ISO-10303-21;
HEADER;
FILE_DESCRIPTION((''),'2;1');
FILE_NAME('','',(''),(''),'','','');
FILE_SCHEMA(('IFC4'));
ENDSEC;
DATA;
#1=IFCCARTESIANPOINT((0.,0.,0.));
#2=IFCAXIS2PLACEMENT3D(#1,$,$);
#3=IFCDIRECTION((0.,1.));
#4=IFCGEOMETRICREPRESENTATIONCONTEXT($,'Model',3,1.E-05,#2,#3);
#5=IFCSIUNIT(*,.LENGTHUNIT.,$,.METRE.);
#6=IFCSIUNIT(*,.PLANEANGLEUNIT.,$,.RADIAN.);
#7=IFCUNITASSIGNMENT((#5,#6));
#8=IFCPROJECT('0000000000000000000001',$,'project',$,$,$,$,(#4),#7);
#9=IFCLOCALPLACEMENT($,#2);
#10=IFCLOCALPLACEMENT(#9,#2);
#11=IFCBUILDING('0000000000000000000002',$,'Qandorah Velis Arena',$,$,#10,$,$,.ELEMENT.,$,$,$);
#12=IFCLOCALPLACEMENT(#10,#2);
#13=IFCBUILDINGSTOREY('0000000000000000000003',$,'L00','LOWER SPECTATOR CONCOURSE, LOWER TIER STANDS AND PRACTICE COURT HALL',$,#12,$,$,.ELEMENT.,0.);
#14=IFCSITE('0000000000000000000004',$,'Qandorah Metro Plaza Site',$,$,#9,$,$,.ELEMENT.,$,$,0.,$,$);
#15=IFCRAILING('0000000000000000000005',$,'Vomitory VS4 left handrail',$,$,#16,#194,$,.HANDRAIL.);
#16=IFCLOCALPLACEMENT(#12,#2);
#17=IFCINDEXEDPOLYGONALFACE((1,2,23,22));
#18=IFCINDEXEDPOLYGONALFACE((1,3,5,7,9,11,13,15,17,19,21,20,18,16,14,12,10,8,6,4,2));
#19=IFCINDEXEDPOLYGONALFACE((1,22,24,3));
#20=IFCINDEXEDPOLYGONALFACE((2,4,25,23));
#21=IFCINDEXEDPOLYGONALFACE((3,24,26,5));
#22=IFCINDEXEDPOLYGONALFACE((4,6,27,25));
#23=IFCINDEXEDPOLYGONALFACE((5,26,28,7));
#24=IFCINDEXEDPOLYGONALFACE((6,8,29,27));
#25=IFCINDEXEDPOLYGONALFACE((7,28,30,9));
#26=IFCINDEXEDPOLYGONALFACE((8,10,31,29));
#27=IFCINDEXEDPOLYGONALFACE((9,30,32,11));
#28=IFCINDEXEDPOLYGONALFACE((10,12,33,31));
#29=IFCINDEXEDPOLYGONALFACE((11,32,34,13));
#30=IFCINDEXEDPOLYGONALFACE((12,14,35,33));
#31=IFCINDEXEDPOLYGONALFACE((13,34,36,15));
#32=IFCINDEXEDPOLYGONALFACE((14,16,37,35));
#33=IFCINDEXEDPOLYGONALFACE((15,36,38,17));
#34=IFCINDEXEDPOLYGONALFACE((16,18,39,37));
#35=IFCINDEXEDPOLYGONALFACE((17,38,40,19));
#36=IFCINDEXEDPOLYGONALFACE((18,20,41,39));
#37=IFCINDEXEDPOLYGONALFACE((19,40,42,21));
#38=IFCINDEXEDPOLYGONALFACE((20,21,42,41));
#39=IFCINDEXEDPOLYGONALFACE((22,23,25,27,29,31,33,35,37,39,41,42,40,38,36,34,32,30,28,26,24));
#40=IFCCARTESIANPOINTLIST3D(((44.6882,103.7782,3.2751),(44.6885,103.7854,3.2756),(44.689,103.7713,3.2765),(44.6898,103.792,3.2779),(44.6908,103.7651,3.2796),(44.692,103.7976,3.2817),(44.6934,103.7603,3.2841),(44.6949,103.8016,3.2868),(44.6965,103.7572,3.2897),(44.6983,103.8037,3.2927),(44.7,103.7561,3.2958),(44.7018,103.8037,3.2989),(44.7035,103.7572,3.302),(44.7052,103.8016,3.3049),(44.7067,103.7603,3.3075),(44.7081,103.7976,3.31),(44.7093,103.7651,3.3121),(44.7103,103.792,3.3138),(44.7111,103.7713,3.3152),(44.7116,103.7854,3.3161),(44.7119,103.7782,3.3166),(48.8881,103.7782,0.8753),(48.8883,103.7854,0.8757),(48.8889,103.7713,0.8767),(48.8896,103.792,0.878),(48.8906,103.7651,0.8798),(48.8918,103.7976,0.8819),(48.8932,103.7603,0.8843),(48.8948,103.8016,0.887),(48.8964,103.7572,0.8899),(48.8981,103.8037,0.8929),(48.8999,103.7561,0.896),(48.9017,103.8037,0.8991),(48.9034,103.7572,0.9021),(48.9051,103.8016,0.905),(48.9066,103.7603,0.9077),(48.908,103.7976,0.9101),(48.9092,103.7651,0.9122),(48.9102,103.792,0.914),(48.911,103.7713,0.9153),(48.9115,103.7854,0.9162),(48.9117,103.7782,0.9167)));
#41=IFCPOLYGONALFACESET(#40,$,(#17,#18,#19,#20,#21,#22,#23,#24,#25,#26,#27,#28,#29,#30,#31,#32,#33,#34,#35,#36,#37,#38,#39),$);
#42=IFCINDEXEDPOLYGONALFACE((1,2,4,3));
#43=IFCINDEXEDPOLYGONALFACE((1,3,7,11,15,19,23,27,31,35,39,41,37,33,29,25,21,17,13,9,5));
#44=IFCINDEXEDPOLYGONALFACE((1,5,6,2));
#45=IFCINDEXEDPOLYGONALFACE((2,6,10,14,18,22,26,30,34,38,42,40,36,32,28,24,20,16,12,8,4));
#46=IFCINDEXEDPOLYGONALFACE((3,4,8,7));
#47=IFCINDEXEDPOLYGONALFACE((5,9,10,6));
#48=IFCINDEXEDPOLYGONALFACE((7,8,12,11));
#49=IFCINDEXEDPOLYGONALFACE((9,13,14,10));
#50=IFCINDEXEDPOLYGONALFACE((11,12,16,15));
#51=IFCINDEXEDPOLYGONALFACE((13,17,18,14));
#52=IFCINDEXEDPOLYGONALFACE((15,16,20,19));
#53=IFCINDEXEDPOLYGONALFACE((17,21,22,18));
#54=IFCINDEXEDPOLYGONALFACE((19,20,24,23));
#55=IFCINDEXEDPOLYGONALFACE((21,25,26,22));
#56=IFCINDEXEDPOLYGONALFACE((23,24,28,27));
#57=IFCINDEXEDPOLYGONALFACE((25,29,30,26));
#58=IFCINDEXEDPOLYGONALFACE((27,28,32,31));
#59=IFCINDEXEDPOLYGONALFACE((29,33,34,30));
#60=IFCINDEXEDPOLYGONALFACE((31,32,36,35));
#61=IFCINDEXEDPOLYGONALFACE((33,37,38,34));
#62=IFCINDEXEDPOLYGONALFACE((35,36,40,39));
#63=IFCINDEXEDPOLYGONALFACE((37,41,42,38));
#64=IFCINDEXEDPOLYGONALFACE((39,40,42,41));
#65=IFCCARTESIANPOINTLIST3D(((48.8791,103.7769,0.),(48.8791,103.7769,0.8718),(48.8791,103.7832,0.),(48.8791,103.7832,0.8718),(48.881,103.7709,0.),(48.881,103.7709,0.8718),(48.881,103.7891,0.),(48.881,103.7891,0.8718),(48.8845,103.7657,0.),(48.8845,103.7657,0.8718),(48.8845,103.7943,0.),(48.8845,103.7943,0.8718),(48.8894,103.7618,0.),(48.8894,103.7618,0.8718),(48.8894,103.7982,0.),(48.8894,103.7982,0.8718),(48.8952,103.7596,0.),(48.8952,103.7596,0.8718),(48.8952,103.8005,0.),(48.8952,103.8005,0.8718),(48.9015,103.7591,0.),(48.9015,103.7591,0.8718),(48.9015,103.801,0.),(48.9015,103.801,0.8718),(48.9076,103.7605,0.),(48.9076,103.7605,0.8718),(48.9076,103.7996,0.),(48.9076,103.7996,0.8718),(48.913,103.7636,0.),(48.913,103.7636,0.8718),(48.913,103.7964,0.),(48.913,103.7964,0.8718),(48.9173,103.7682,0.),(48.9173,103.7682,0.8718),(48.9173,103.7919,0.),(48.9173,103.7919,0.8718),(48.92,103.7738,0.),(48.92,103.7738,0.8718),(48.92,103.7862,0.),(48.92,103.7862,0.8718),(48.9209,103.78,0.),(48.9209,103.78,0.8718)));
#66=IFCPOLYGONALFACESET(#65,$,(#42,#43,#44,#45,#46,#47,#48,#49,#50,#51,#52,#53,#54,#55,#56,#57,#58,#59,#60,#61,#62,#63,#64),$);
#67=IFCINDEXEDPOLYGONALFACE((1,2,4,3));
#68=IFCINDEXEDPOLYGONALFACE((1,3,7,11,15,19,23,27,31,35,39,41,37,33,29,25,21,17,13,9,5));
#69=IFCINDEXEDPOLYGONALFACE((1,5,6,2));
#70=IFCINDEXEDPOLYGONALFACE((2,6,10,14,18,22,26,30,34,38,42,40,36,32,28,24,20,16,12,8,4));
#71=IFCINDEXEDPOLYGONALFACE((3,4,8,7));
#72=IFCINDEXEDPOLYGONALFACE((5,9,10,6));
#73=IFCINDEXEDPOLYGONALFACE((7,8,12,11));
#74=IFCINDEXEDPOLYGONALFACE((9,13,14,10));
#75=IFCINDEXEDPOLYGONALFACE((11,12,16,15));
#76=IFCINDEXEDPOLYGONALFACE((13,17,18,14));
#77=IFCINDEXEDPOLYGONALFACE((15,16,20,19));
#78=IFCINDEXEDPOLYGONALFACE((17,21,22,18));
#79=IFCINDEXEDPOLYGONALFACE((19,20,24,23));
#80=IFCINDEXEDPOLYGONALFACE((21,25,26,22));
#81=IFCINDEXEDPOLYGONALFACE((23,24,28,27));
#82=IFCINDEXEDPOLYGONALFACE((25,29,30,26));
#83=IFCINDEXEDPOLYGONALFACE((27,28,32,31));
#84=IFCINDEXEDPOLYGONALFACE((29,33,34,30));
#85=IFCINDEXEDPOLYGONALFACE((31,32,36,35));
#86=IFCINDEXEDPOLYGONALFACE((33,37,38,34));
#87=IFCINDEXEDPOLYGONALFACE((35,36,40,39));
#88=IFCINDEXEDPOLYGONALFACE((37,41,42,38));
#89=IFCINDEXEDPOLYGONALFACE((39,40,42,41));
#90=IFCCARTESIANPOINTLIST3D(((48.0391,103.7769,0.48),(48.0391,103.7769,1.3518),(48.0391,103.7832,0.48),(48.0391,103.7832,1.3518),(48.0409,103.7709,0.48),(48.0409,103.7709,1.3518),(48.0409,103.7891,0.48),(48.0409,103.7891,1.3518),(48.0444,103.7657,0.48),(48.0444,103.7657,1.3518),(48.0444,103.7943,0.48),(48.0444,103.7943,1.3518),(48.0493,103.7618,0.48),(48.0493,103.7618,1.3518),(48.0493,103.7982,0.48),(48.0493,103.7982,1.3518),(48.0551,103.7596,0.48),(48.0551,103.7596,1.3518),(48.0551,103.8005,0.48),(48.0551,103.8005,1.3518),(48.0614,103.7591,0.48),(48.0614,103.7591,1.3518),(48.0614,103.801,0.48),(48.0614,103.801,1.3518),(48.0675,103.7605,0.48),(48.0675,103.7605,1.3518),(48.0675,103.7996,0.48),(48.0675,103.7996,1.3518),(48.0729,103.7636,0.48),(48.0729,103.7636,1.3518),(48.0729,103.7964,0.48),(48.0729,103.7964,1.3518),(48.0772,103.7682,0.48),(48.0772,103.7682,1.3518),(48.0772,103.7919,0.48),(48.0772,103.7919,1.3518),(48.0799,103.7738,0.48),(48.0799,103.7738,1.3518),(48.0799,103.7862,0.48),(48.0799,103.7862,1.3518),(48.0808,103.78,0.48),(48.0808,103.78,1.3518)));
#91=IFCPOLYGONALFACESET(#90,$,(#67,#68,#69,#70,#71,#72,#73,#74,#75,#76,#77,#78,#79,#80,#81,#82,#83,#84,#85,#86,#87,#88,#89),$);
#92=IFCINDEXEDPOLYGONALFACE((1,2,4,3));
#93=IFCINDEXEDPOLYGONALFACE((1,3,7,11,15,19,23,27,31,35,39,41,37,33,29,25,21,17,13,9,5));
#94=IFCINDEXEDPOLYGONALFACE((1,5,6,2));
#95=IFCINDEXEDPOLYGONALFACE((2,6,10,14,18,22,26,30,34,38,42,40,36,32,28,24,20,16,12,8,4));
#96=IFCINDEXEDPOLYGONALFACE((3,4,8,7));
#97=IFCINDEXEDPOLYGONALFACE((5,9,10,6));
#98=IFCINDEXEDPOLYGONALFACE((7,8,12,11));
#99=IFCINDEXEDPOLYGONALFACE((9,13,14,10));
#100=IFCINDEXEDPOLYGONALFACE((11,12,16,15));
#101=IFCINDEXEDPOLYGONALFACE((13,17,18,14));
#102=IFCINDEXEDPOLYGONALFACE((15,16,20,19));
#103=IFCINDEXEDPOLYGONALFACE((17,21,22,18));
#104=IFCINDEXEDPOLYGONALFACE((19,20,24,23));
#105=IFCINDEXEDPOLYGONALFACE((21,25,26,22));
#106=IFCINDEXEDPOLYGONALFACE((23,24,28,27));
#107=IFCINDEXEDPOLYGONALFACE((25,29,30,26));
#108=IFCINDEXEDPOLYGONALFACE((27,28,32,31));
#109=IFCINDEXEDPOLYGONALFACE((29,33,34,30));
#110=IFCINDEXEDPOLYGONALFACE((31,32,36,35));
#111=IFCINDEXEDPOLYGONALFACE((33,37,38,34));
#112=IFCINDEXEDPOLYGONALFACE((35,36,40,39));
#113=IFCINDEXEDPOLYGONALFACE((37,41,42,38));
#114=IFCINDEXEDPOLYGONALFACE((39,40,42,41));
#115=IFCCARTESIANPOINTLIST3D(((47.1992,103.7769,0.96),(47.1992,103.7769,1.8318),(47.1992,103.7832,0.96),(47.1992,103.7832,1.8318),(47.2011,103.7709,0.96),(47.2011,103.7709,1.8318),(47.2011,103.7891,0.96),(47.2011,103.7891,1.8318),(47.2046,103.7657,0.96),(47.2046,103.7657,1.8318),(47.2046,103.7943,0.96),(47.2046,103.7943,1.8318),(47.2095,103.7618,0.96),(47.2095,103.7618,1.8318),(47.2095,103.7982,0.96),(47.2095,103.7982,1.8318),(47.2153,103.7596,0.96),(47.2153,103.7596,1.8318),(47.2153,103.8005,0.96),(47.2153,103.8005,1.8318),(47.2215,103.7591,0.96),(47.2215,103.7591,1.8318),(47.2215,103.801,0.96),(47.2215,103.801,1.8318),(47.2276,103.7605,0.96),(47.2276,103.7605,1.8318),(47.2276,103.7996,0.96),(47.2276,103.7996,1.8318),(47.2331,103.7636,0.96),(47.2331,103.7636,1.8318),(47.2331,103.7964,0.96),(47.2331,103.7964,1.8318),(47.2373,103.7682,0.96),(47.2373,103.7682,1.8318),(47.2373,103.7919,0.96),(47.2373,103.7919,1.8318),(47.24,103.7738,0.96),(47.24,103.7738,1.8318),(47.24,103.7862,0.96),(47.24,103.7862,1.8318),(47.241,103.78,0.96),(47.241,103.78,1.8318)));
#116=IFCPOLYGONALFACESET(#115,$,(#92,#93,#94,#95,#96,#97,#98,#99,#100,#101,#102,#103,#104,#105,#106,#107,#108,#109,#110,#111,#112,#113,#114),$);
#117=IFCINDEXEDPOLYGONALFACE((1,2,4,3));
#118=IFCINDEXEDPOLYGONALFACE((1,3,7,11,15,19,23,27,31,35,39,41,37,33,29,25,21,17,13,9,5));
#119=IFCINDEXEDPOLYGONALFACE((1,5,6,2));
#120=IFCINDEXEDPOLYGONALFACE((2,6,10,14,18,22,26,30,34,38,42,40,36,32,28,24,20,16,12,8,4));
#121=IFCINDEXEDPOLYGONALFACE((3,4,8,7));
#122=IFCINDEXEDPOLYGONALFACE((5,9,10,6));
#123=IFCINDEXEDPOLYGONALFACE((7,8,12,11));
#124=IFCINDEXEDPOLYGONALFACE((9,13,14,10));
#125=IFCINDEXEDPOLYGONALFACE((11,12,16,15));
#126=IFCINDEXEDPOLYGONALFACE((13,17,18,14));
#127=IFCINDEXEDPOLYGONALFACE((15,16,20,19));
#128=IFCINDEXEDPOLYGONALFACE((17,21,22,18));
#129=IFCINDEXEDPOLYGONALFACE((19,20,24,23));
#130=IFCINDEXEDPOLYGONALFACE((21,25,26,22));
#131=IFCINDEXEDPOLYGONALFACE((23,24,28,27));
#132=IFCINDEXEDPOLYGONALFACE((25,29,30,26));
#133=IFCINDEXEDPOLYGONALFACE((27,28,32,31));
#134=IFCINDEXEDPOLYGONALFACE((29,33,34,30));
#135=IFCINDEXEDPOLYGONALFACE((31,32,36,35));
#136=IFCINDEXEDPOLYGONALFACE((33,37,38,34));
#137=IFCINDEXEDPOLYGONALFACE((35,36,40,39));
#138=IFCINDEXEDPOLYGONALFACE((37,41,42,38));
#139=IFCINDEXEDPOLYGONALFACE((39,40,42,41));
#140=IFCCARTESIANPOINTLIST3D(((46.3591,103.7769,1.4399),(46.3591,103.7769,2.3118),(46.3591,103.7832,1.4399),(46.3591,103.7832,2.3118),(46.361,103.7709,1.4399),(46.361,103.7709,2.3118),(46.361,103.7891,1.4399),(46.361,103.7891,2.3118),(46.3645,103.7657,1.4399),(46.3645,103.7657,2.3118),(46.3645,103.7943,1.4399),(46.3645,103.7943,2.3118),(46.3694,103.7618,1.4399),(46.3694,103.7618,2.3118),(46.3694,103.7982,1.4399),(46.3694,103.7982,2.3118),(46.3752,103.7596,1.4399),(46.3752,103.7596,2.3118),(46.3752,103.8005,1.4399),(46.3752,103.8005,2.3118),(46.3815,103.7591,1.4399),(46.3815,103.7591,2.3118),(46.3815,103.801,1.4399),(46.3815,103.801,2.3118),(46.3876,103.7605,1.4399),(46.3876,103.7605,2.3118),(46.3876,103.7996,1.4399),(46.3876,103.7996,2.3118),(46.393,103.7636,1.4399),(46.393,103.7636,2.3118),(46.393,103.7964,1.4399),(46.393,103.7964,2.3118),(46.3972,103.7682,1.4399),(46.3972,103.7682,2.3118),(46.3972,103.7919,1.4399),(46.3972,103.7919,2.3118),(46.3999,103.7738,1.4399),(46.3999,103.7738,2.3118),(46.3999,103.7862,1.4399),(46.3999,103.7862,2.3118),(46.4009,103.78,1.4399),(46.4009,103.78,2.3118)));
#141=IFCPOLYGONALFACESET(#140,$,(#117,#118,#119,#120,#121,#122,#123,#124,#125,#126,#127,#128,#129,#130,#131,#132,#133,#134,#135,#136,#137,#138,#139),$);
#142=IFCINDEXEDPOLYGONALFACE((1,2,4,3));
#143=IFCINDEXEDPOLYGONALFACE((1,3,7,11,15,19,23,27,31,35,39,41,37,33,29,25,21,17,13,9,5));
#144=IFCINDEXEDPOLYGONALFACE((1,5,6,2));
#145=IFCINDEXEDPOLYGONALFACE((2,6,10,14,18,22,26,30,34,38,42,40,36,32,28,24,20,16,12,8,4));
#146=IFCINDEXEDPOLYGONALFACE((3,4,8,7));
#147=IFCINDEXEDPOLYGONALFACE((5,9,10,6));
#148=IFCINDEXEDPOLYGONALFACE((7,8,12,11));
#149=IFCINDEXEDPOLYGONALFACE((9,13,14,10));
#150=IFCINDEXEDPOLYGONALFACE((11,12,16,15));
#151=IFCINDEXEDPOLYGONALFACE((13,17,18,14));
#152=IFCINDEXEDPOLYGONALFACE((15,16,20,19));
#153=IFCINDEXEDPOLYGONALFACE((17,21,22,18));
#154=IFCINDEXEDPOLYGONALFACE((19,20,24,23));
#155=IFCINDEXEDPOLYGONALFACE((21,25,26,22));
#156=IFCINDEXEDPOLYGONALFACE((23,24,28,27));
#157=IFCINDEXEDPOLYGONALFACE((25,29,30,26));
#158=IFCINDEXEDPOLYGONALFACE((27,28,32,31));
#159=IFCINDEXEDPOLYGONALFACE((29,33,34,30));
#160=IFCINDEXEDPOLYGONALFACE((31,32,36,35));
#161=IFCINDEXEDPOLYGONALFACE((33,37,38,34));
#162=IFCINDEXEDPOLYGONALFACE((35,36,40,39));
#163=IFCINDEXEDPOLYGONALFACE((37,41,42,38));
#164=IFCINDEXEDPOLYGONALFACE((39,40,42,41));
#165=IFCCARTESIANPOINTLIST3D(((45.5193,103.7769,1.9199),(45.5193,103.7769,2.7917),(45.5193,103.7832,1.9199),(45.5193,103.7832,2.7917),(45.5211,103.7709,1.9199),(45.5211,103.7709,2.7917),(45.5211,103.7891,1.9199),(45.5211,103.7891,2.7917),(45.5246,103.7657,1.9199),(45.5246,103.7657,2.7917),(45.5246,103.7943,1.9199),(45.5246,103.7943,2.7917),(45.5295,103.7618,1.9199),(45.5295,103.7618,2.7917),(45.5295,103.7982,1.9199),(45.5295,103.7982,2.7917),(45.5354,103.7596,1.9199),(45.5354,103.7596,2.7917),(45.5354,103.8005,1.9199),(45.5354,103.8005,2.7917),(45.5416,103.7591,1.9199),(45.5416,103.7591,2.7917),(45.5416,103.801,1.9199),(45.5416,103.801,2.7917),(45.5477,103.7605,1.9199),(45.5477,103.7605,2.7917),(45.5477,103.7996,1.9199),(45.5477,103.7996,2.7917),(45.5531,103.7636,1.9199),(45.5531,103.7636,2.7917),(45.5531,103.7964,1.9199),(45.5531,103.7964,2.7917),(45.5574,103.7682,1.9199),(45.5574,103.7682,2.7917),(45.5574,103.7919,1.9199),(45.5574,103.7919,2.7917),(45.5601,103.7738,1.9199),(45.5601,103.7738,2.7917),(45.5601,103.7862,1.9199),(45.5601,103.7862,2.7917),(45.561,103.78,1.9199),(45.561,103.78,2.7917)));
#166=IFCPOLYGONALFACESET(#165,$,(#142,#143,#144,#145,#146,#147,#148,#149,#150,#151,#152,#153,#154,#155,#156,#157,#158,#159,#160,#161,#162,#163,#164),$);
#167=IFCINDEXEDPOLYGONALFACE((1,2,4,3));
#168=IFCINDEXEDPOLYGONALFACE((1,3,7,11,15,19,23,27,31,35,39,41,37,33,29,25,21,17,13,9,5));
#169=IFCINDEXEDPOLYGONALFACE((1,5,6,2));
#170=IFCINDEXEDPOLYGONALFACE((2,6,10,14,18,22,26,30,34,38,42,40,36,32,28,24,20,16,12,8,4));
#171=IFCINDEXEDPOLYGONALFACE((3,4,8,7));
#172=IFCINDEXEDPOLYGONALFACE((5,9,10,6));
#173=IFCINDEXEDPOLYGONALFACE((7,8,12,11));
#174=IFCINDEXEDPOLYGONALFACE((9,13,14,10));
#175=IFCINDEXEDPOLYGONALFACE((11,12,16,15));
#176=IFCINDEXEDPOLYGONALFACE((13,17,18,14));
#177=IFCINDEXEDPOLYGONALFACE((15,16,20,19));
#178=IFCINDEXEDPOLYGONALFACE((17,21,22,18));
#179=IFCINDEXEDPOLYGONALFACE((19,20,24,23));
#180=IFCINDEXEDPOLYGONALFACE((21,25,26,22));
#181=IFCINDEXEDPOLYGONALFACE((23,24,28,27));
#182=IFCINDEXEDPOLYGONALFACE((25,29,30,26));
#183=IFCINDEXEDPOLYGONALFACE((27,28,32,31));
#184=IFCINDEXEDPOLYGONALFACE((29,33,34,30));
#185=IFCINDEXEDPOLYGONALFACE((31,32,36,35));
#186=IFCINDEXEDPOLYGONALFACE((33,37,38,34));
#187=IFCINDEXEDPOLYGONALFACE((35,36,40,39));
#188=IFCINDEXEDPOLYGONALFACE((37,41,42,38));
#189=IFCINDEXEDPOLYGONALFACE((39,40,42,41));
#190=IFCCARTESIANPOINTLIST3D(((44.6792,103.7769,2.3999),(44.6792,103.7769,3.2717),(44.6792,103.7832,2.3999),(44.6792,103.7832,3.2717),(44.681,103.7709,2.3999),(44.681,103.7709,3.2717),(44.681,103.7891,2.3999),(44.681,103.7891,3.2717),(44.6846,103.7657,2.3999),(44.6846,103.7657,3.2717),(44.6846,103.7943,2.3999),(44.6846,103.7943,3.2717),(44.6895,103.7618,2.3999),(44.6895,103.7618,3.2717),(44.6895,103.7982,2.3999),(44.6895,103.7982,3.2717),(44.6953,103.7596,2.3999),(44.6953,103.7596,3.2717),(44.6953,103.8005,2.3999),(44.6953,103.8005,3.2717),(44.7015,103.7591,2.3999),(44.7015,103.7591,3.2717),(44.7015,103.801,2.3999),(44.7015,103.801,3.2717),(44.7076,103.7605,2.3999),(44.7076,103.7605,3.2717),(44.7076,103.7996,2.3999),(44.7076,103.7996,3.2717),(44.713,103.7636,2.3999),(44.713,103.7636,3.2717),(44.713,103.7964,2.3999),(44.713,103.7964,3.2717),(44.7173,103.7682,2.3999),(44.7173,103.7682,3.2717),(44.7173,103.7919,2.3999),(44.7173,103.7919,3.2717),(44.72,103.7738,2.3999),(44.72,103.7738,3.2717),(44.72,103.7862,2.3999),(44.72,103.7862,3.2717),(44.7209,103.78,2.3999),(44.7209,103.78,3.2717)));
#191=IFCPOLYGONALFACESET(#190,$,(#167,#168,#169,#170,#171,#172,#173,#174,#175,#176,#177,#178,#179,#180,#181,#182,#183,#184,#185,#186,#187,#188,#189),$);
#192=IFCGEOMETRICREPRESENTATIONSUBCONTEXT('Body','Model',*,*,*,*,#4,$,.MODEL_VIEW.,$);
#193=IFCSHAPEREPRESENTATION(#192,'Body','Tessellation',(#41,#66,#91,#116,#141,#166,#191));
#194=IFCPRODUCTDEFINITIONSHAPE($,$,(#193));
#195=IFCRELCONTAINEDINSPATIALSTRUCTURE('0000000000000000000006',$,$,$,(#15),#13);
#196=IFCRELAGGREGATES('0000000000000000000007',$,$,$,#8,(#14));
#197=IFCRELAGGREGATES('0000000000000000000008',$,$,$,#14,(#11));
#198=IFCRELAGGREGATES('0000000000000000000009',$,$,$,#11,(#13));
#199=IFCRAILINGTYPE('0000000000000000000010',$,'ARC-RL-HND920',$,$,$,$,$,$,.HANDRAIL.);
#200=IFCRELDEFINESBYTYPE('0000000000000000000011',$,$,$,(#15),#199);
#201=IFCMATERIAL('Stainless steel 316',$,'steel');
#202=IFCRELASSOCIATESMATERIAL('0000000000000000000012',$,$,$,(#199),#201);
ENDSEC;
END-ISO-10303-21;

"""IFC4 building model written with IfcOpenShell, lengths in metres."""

from ifc_helpers import new_model, si_unit, direction, frame, origin, origin_2d, place, context, subcontext, project, spatial, circle, extrude, material, type_object, element, save


model = new_model("IFC4")

# Units and contexts
model_context = context("Model", 3, precision=1e-05, world=origin(), true_north=direction((0.0, 1.0)))
body_context = subcontext(model_context, "Body", "Model", "MODEL_VIEW")
ifc_project = project(units=[si_unit("LENGTHUNIT", "METRE"), si_unit("PLANEANGLEUNIT", "RADIAN")], contexts=[model_context])

# Site, building, storey
site_placement = place(None, origin())
site = spatial("IfcSite", under=ifc_project, at=site_placement, Name="Qandorah Metro Plaza Site", CompositionType="ELEMENT", RefElevation=0.0)
building_placement = place(site_placement, origin())
building = spatial("IfcBuilding", under=site, at=building_placement, Name="Qandorah Velis Arena", CompositionType="ELEMENT")
storey_placement = place(building_placement, origin())
storey = spatial("IfcBuildingStorey", under=building, at=storey_placement, Name="L00", Description="LOWER SPECTATOR CONCOURSE, LOWER TIER STANDS AND PRACTICE COURT HALL", CompositionType="ELEMENT", Elevation=0.0)

# Railing
ifc_material_1 = material(Name="Stainless steel 316", Category="steel")
railing_type_1 = type_object("IfcRailingType", Name="ARC-RL-HND920", PredefinedType="HANDRAIL", material=ifc_material_1)
for number, where, name in (
    (1, (48.8999, 103.78, 0.0), "Vomitory VS4 left handrail"),
):
    element("IfcRailing", number, at=place(storey_placement, frame(where)), inside=storey, type_object=railing_type_1, Name=name, PredefinedType="HANDRAIL", context=body_context, shape_type="SweptSolid", body=[
        extrude(circle(Radius=0.0239, at=origin_2d()), frame((0.0, 0.0, 0.896), z_axis=(-0.868249, 0.0, 0.496128), x_axis=(0.0, -1.0, 0.0)), (0.0, 0.0, 1.0), 4.8372),
        extrude(circle(Radius=0.021, at=origin_2d()), origin(), (0.0, 0.0, 1.0), 0.8718),
        extrude(circle(Radius=0.021, at=origin_2d()), frame((-0.8401, 0.0, 0.48)), (0.0, 0.0, 1.0), 0.8718),
        extrude(circle(Radius=0.021, at=origin_2d()), frame((-1.6799, 0.0, 0.96)), (0.0, 0.0, 1.0), 0.8718),
        extrude(circle(Radius=0.021, at=origin_2d()), frame((-2.52, 0.0, 1.4399)), (0.0, 0.0, 1.0), 0.8718),
        extrude(circle(Radius=0.021, at=origin_2d()), frame((-3.3599, 0.0, 1.9199)), (0.0, 0.0, 1.0), 0.8718),
        extrude(circle(Radius=0.021, at=origin_2d()), frame((-4.2, 0.0, 2.3999)), (0.0, 0.0, 1.0), 0.8718),
    ])

save(model, "model.ifc")
